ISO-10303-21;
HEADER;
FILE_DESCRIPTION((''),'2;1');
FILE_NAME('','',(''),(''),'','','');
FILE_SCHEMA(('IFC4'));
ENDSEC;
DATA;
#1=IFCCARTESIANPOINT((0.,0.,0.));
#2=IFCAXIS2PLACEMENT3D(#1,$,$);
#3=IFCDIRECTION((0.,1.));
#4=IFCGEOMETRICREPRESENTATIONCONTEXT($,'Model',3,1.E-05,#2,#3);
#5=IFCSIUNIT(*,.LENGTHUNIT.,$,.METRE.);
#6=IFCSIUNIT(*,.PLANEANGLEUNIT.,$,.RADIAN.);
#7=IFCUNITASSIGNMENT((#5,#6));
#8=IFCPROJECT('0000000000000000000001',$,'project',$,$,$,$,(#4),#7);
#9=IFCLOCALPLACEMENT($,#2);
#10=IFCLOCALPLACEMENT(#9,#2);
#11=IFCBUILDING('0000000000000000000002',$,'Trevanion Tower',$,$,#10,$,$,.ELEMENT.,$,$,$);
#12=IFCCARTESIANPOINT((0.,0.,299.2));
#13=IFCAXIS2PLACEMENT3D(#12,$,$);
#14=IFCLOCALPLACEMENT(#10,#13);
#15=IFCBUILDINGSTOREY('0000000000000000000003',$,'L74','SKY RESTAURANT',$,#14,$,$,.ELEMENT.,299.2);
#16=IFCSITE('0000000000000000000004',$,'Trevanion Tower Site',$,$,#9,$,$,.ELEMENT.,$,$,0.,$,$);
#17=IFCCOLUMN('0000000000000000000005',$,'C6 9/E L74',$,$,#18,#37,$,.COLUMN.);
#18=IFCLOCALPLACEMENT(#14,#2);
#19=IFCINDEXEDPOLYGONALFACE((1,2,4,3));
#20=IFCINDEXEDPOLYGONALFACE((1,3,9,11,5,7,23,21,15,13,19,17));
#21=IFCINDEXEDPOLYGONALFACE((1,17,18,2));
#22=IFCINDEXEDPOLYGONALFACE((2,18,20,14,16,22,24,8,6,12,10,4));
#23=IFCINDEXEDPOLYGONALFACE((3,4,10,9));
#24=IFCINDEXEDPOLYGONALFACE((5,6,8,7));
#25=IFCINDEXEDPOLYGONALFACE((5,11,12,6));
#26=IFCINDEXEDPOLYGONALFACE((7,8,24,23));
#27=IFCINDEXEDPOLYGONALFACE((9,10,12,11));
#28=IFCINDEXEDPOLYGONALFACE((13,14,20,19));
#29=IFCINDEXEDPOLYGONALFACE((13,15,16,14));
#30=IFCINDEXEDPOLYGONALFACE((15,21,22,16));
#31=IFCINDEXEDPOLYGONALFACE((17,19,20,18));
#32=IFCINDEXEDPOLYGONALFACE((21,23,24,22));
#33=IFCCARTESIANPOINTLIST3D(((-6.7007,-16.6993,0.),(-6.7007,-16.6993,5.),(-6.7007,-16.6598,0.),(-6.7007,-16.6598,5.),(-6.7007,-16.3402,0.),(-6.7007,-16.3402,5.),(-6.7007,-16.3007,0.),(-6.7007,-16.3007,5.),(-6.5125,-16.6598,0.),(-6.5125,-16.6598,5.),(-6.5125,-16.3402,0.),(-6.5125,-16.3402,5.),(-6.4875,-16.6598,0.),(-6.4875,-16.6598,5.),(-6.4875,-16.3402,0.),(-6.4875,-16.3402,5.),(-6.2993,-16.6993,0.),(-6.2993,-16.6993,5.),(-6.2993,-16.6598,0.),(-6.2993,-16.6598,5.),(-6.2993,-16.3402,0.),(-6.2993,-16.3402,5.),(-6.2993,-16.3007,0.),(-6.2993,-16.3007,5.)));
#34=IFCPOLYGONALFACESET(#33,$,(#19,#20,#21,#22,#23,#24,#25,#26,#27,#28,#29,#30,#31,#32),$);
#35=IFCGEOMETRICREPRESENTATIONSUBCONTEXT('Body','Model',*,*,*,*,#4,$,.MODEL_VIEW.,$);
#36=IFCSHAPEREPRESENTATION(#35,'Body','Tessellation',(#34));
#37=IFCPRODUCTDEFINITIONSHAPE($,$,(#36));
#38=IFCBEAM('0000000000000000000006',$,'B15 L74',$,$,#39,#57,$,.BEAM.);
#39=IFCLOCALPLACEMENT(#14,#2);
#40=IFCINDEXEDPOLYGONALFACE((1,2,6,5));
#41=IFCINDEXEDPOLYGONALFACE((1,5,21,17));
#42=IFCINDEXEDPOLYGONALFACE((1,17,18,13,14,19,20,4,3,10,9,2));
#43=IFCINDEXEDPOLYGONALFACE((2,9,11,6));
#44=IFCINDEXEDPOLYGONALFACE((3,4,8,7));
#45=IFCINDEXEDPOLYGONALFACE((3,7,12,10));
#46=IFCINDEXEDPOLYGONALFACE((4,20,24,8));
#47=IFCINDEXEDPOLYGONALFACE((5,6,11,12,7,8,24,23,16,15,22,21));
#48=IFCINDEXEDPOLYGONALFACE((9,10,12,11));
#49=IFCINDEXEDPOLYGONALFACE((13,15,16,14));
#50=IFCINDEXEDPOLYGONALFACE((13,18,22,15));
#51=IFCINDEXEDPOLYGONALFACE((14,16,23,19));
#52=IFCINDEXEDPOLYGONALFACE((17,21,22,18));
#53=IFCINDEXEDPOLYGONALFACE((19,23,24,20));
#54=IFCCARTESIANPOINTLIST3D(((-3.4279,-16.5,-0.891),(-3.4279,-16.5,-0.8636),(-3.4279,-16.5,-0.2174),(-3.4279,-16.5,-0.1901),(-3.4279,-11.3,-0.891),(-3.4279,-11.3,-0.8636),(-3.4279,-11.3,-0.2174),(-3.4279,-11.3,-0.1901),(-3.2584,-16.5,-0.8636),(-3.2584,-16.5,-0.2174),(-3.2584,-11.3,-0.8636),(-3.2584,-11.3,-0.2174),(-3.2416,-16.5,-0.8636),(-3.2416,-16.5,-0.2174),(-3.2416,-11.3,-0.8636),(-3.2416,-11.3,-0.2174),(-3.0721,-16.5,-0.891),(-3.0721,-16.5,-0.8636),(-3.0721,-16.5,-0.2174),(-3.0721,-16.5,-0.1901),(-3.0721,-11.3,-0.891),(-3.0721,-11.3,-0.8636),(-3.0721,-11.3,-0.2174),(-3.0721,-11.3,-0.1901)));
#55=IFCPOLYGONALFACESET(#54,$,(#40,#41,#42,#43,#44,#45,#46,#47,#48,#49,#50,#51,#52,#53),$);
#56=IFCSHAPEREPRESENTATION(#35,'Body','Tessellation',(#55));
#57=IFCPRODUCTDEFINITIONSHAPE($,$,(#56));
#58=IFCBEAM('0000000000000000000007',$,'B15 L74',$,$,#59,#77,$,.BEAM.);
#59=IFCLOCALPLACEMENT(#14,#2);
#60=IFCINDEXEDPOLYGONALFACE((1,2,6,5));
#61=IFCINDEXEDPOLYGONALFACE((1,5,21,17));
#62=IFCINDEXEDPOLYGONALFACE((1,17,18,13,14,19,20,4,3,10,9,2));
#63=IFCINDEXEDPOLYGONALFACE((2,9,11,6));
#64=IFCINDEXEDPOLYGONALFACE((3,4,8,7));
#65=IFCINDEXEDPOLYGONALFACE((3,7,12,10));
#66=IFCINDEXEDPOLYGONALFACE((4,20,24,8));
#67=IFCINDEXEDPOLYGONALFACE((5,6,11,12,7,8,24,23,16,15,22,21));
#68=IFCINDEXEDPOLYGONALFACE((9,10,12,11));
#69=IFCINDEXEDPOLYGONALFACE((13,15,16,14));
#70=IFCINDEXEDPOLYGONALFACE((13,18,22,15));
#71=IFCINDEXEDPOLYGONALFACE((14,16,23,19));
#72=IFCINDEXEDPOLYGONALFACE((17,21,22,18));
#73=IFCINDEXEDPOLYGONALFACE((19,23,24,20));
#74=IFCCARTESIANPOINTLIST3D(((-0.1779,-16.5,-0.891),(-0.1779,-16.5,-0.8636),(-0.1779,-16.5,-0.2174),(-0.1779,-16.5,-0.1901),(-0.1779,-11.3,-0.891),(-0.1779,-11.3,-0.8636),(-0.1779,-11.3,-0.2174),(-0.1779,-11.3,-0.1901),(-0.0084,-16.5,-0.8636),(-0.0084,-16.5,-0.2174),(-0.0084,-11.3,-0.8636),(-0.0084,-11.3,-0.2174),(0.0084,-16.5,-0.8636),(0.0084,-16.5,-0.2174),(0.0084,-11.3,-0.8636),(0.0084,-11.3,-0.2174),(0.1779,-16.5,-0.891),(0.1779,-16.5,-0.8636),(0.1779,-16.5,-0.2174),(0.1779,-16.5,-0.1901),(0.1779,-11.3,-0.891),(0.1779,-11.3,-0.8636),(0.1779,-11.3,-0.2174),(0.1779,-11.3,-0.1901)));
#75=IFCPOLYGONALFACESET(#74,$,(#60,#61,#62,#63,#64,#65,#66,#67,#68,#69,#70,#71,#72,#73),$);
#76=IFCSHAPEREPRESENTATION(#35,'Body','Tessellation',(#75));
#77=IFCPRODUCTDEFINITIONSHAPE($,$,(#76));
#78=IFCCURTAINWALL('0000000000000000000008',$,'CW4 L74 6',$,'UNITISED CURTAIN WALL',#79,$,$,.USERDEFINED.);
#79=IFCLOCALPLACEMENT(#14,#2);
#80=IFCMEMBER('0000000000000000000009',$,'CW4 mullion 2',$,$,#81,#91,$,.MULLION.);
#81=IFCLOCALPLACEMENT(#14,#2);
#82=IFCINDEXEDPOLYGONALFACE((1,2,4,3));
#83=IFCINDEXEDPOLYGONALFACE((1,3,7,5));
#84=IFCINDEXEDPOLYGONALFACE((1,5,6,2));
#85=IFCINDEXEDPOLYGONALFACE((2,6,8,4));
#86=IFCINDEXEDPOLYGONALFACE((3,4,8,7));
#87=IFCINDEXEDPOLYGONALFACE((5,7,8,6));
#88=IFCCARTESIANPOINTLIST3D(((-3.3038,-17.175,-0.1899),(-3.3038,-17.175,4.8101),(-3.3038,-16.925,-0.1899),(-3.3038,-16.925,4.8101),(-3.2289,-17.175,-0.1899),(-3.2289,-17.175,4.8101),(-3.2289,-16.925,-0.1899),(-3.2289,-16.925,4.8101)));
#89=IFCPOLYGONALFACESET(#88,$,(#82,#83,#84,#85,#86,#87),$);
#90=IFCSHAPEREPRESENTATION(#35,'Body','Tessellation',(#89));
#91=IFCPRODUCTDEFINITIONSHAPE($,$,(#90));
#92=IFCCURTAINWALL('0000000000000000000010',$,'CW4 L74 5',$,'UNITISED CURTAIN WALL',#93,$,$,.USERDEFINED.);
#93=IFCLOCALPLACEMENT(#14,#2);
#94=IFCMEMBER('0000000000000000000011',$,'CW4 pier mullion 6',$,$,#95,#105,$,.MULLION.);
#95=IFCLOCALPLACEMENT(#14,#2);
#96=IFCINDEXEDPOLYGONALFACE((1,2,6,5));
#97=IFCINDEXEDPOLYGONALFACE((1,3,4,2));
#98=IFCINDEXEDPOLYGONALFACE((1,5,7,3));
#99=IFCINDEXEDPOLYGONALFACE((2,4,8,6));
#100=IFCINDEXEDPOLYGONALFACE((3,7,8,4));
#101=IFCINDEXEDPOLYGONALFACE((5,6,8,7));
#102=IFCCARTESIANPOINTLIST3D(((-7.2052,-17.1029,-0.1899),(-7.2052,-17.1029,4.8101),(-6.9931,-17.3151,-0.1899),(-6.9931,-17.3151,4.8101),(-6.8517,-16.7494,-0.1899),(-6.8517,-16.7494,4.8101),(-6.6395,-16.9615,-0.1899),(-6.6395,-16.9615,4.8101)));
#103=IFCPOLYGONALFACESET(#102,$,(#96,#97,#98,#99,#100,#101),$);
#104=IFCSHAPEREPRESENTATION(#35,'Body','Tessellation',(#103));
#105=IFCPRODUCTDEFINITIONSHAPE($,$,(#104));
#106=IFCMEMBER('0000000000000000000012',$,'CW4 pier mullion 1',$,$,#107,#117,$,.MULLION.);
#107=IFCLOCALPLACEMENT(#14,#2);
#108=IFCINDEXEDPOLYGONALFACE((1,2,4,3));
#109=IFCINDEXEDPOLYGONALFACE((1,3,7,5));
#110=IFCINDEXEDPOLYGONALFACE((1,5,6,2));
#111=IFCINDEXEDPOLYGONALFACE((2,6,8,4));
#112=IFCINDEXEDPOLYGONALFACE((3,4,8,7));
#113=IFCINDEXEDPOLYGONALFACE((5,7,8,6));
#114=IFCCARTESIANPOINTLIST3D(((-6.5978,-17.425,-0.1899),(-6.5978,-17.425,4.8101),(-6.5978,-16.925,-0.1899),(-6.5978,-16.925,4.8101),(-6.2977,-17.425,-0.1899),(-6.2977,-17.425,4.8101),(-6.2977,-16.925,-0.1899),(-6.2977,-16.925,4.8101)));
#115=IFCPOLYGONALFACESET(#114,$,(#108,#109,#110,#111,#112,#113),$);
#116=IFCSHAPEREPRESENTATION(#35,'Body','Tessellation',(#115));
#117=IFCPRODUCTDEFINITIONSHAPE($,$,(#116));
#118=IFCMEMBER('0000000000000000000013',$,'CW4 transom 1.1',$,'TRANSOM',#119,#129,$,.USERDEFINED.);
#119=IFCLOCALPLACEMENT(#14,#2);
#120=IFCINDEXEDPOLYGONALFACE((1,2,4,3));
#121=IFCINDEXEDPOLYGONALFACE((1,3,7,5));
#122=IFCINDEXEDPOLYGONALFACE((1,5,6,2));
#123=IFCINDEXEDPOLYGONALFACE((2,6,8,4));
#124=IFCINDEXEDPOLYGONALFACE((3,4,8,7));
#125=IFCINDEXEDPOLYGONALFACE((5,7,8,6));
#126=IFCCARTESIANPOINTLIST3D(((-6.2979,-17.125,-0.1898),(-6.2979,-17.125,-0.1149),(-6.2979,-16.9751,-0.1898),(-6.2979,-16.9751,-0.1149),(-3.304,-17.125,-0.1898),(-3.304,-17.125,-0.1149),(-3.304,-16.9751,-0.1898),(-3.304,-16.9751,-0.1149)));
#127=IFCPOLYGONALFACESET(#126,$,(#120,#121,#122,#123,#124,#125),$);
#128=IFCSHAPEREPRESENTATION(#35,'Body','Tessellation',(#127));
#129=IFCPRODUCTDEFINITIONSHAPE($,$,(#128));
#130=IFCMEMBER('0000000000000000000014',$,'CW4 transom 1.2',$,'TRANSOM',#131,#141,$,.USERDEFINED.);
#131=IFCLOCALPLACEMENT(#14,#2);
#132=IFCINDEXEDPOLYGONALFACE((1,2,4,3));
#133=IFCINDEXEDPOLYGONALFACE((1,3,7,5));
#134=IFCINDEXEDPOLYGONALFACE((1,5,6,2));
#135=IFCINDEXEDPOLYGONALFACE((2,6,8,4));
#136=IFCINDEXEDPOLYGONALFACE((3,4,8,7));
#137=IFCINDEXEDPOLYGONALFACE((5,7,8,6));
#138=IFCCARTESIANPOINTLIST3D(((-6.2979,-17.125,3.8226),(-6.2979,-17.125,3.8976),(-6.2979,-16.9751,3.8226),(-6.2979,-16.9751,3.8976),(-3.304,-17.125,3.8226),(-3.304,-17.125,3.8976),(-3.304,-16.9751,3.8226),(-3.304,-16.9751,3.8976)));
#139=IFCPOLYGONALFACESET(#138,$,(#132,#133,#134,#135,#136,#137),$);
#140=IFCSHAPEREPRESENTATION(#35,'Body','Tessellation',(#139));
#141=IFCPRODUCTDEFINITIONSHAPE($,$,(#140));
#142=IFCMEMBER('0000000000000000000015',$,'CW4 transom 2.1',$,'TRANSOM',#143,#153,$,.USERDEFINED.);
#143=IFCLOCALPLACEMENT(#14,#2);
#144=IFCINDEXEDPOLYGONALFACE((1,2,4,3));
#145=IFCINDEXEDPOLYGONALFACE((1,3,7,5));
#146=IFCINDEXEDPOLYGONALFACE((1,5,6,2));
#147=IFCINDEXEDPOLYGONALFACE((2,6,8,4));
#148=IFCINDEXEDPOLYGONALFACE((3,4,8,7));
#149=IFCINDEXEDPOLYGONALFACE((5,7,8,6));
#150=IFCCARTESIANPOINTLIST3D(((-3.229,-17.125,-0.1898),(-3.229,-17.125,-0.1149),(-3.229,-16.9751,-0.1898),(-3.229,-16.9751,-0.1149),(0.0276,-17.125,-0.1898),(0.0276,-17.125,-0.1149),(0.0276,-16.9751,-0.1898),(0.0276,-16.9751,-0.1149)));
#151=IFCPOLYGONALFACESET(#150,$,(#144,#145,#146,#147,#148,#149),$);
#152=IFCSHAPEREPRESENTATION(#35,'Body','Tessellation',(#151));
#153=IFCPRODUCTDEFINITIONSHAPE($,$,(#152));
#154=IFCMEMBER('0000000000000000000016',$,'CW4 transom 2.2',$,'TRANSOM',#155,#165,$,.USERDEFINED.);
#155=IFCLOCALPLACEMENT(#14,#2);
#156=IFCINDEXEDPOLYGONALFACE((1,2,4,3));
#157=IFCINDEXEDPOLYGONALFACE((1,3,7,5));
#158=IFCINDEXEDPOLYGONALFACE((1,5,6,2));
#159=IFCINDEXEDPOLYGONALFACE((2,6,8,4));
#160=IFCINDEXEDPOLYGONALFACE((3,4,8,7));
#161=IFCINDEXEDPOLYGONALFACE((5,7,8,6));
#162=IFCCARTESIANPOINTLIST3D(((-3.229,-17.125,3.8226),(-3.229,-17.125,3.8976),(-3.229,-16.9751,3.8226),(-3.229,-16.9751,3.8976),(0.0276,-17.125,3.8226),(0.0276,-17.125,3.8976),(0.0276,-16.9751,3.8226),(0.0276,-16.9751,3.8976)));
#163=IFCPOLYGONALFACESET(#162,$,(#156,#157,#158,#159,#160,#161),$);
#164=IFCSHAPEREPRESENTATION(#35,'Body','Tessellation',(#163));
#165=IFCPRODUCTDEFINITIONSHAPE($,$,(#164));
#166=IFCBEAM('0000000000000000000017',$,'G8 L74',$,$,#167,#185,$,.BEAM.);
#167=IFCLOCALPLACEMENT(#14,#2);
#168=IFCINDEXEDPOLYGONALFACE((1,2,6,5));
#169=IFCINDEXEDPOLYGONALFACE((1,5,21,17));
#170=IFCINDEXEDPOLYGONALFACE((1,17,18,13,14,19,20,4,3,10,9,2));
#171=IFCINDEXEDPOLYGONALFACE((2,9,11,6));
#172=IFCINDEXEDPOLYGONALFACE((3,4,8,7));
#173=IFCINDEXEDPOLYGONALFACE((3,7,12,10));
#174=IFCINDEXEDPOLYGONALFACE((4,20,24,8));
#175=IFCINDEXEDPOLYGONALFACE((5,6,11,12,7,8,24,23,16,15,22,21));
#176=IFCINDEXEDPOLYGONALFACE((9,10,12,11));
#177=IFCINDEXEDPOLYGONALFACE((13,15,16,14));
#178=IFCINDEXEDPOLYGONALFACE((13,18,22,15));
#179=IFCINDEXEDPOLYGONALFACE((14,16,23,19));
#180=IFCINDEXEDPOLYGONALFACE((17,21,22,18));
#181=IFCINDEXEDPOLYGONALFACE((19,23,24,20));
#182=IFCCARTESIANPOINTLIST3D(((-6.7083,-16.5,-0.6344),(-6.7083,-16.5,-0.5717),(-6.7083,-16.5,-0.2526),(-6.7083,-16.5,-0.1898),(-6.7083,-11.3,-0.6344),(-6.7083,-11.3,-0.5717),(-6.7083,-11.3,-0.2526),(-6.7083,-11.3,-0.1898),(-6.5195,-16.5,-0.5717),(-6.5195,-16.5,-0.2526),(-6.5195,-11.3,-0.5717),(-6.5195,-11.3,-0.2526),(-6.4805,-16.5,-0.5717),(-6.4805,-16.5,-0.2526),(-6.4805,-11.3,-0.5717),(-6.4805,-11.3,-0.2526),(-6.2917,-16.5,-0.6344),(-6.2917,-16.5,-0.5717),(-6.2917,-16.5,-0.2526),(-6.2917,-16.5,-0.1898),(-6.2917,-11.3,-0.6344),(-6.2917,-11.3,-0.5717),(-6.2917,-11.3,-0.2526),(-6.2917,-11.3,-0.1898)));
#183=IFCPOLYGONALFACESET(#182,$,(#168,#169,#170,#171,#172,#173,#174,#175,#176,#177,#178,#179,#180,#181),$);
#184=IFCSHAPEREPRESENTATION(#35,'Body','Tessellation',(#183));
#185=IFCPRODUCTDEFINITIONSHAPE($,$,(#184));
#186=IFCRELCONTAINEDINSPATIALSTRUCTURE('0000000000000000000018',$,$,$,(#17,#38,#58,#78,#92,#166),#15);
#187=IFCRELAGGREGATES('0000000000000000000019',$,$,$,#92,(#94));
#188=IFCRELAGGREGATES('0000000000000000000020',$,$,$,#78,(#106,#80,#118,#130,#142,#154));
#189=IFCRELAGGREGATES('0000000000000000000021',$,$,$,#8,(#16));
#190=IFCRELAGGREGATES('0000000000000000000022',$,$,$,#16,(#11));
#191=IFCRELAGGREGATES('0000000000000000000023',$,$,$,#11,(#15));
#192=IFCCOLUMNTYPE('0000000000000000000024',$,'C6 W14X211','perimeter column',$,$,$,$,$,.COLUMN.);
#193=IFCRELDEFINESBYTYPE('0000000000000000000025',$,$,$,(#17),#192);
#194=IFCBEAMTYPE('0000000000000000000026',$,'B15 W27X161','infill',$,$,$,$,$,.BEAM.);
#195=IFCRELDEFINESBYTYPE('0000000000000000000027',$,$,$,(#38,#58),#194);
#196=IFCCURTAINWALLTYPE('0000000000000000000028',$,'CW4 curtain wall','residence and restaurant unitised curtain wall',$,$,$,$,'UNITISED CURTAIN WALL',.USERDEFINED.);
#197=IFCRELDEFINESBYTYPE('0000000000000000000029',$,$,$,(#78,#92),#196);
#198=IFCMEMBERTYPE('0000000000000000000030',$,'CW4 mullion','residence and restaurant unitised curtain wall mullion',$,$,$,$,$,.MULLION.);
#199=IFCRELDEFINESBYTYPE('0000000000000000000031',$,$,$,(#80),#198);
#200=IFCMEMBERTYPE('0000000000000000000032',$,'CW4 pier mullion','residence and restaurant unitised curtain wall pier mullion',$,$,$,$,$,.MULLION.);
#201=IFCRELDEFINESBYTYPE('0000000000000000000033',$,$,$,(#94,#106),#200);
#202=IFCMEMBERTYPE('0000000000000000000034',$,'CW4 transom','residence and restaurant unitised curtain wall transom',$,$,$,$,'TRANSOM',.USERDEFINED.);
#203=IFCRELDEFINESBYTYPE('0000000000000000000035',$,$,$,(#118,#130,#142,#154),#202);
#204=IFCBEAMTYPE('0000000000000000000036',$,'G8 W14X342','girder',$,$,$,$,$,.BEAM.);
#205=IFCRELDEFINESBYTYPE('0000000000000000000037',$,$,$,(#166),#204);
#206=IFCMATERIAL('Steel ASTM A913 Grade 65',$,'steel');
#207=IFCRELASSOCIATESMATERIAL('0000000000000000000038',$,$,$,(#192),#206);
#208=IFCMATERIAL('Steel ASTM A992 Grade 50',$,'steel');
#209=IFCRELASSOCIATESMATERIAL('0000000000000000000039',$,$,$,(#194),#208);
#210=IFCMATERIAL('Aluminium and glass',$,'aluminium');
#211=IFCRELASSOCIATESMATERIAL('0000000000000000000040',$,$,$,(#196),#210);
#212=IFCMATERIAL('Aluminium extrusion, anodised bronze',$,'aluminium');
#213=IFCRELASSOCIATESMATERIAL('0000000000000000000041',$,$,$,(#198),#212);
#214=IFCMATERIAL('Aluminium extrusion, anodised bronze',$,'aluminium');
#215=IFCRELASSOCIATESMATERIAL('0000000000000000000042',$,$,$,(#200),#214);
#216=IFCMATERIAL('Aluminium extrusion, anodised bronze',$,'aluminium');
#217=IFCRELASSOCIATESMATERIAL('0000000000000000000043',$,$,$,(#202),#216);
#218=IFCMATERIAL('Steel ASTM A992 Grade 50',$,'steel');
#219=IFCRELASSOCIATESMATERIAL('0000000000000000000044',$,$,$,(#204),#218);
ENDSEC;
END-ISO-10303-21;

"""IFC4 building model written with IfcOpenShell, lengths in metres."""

from ifc_helpers import new_model, si_unit, direction, frame, origin, origin_2d, place, context, subcontext, project, spatial, rectangle, i_section, extrude, material, material_profile, profile_set, type_object, element, aggregate, save


model = new_model("IFC4")

# Units and contexts
model_context = context("Model", 3, precision=1e-05, world=origin(), true_north=direction((0.0, 1.0)))
body_context = subcontext(model_context, "Body", "Model", "MODEL_VIEW")
ifc_project = project(units=[si_unit("LENGTHUNIT", "METRE"), si_unit("PLANEANGLEUNIT", "RADIAN")], contexts=[model_context])

# Site, building, storey
site_placement = place(None, origin())
site = spatial("IfcSite", under=ifc_project, at=site_placement, Name="Trevanion Tower Site", CompositionType="ELEMENT", RefElevation=0.0)
building_placement = place(site_placement, origin())
building = spatial("IfcBuilding", under=site, at=building_placement, Name="Trevanion Tower", CompositionType="ELEMENT")
storey_placement = place(building_placement, frame((0.0, 0.0, 299.2)))
storey = spatial("IfcBuildingStorey", under=building, at=storey_placement, Name="L74", Description="SKY RESTAURANT", CompositionType="ELEMENT", Elevation=299.2)

# Column
ifc_material_1 = material(Name="Steel ASTM A913 Grade 65", Category="steel")
ifc_material_profile_1 = material_profile(ifc_material_1, i_section(OverallWidth=0.4014, OverallDepth=0.3987, WebThickness=0.0249, FlangeThickness=0.0396, at=origin_2d()), Name="W14X211")
ifc_profile_set_1 = profile_set([ifc_material_profile_1], Name="Steel ASTM A913 Grade 65")
column_type = type_object("IfcColumnType", Name="C6 W14X211", Description="perimeter column", PredefinedType="COLUMN", material=ifc_profile_set_1)
column_placement = place(storey_placement, frame((-6.5, -16.5, 0.0), z_axis=(0.0, 0.0, 1.0), x_axis=(1.0, 0.0, 0.0)))
element("IfcColumn", 1, at=column_placement, inside=storey, type_object=column_type, Name="C6 9/E L74", PredefinedType="COLUMN", context=body_context, shape_type="SweptSolid", body=[
    extrude(i_section(OverallWidth=0.4014, OverallDepth=0.3987, WebThickness=0.0249, FlangeThickness=0.0396, at=origin_2d()), origin(), (0.0, 0.0, 1.0), 5.0),
])

# Beams
ifc_material_2 = material(Name="Steel ASTM A992 Grade 50", Category="steel")
ifc_material_profile_2 = material_profile(ifc_material_2, i_section(OverallWidth=0.3557, OverallDepth=0.7009, WebThickness=0.0168, FlangeThickness=0.0273, at=origin_2d()), Name="W27X161")
ifc_profile_set_2 = profile_set([ifc_material_profile_2], Name="Steel ASTM A992 Grade 50")
beam_type_1 = type_object("IfcBeamType", Name="B15 W27X161", Description="infill", PredefinedType="BEAM", material=ifc_profile_set_2)
for number, where, z_axis, x_axis, name in (
    (2, (-3.25, -11.3, -0.5405), (0.0, -1.0, 0.0), (1.0, 0.0, 0.0), "B15 L74"),
    (3, (0.0, -11.3, -0.5405), (0.0, -1.0, 0.0), (1.0, 0.0, 0.0), "B15 L74"),
):
    element("IfcBeam", number, at=place(storey_placement, frame(where, z_axis=z_axis, x_axis=x_axis)), inside=storey, type_object=beam_type_1, Name=name, PredefinedType="BEAM", context=body_context, shape_type="SweptSolid", body=[
        extrude(i_section(OverallWidth=0.3557, OverallDepth=0.7009, WebThickness=0.0168, FlangeThickness=0.0273, at=origin_2d()), origin(), (0.0, 0.0, 1.0), 5.2),
    ])

# Curtain walls, members
ifc_material_3 = material(Name="Aluminium and glass", Category="aluminium")
curtain_wall_type = type_object("IfcCurtainWallType", Name="CW4 curtain wall", Description="residence and restaurant unitised curtain wall", ElementType="UNITISED CURTAIN WALL", PredefinedType="USERDEFINED", material=ifc_material_3)
curtain_wall_1_placement = place(storey_placement, origin())
curtain_wall_1 = element("IfcCurtainWall", 4, at=curtain_wall_1_placement, inside=storey, type_object=curtain_wall_type, Name="CW4 L74 6", ObjectType="UNITISED CURTAIN WALL", PredefinedType="USERDEFINED")
ifc_material_4 = material(Name="Aluminium extrusion, anodised bronze", Category="aluminium")
ifc_material_profile_3 = material_profile(ifc_material_4, rectangle(XDim=0.075, YDim=0.25, at=origin_2d()), Name="CW4 mullion")
ifc_profile_set_3 = profile_set([ifc_material_profile_3], Name="Aluminium extrusion, anodised bronze")
member_type_1 = type_object("IfcMemberType", Name="CW4 mullion", Description="residence and restaurant unitised curtain wall mullion", PredefinedType="MULLION", material=ifc_profile_set_3)
member_1_placement = place(storey_placement, frame((-3.2664, -17.05, -0.1899), z_axis=(0.0, 0.0, 1.0), x_axis=(1.0, 0.0, 0.0)))
member_1 = element("IfcMember", 5, at=member_1_placement, type_object=member_type_1, Name="CW4 mullion 2", PredefinedType="MULLION", context=body_context, shape_type="SweptSolid", body=[
    extrude(rectangle(XDim=0.075, YDim=0.25, at=origin_2d()), origin(), (0.0, 0.0, 1.0), 5.0),
])
curtain_wall_2_placement = place(storey_placement, origin())
curtain_wall_2 = element("IfcCurtainWall", 6, at=curtain_wall_2_placement, inside=storey, type_object=curtain_wall_type, Name="CW4 L74 5", ObjectType="UNITISED CURTAIN WALL", PredefinedType="USERDEFINED")
ifc_material_5 = material(Name="Aluminium extrusion, anodised bronze", Category="aluminium")
ifc_material_profile_4 = material_profile(ifc_material_5, rectangle(XDim=0.3, YDim=0.5, at=origin_2d()), Name="CW4 pier mullion")
ifc_profile_set_4 = profile_set([ifc_material_profile_4], Name="Aluminium extrusion, anodised bronze")
member_type_2 = type_object("IfcMemberType", Name="CW4 pier mullion", Description="residence and restaurant unitised curtain wall pier mullion", PredefinedType="MULLION", material=ifc_profile_set_4)
member_2_placement = place(storey_placement, frame((-6.9224, -17.0322, -0.1899), z_axis=(0.0, 0.0, 1.0), x_axis=(0.707107, -0.707107, 0.0)))
member_2 = element("IfcMember", 7, at=member_2_placement, type_object=member_type_2, Name="CW4 pier mullion 6", PredefinedType="MULLION", context=body_context, shape_type="SweptSolid", body=[
    extrude(rectangle(XDim=0.3, YDim=0.5, at=origin_2d()), origin(), (0.0, 0.0, 1.0), 5.0),
])

# Members
member_3_placement = place(storey_placement, frame((-6.4478, -17.175, -0.1899), z_axis=(0.0, 0.0, 1.0), x_axis=(1.0, 0.0, 0.0)))
member_3 = element("IfcMember", 8, at=member_3_placement, type_object=member_type_2, Name="CW4 pier mullion 1", PredefinedType="MULLION", context=body_context, shape_type="SweptSolid", body=[
    extrude(rectangle(XDim=0.3, YDim=0.5, at=origin_2d()), origin(), (0.0, 0.0, 1.0), 5.0),
])
ifc_material_6 = material(Name="Aluminium extrusion, anodised bronze", Category="aluminium")
ifc_material_profile_5 = material_profile(ifc_material_6, rectangle(XDim=0.1499, YDim=0.075, at=origin_2d()), Name="CW4 transom")
ifc_profile_set_5 = profile_set([ifc_material_profile_5], Name="Aluminium extrusion, anodised bronze")
member_type_3 = type_object("IfcMemberType", Name="CW4 transom", Description="residence and restaurant unitised curtain wall transom", ElementType="TRANSOM", PredefinedType="USERDEFINED", material=ifc_profile_set_5)
member_4_placement = place(storey_placement, frame((-6.2979, -17.05, -0.1523), z_axis=(1.0, 0.0, 0.0), x_axis=(0.0, 1.0, 0.0)))
member_4 = element("IfcMember", 9, at=member_4_placement, type_object=member_type_3, Name="CW4 transom 1.1", ObjectType="TRANSOM", PredefinedType="USERDEFINED", context=body_context, shape_type="SweptSolid", body=[
    extrude(rectangle(XDim=0.1499, YDim=0.075, at=origin_2d()), origin(), (0.0, 0.0, 1.0), 2.9939),
])
member_5_placement = place(storey_placement, frame((-6.2979, -17.05, 3.8601), z_axis=(1.0, 0.0, 0.0), x_axis=(0.0, 1.0, 0.0)))
member_5 = element("IfcMember", 10, at=member_5_placement, type_object=member_type_3, Name="CW4 transom 1.2", ObjectType="TRANSOM", PredefinedType="USERDEFINED", context=body_context, shape_type="SweptSolid", body=[
    extrude(rectangle(XDim=0.1499, YDim=0.075, at=origin_2d()), origin(), (0.0, 0.0, 1.0), 2.9939),
])
member_6_placement = place(storey_placement, frame((-3.229, -17.05, -0.1523), z_axis=(1.0, 0.0, 0.0), x_axis=(0.0, 1.0, 0.0)))
member_6 = element("IfcMember", 11, at=member_6_placement, type_object=member_type_3, Name="CW4 transom 2.1", ObjectType="TRANSOM", PredefinedType="USERDEFINED", context=body_context, shape_type="SweptSolid", body=[
    extrude(rectangle(XDim=0.1499, YDim=0.075, at=origin_2d()), origin(), (0.0, 0.0, 1.0), 3.2566),
])
member_7_placement = place(storey_placement, frame((-3.229, -17.05, 3.8601), z_axis=(1.0, 0.0, 0.0), x_axis=(0.0, 1.0, 0.0)))
member_7 = element("IfcMember", 12, at=member_7_placement, type_object=member_type_3, Name="CW4 transom 2.2", ObjectType="TRANSOM", PredefinedType="USERDEFINED", context=body_context, shape_type="SweptSolid", body=[
    extrude(rectangle(XDim=0.1499, YDim=0.075, at=origin_2d()), origin(), (0.0, 0.0, 1.0), 3.2566),
])

# Beam
ifc_material_7 = material(Name="Steel ASTM A992 Grade 50", Category="steel")
ifc_material_profile_6 = material_profile(ifc_material_7, i_section(OverallWidth=0.4165, OverallDepth=0.4446, WebThickness=0.0391, FlangeThickness=0.0627, at=origin_2d()), Name="W14X342")
ifc_profile_set_6 = profile_set([ifc_material_profile_6], Name="Steel ASTM A992 Grade 50")
beam_type_2 = type_object("IfcBeamType", Name="G8 W14X342", Description="girder", PredefinedType="BEAM", material=ifc_profile_set_6)
beam_1_placement = place(storey_placement, frame((-6.5, -11.3, -0.4121), z_axis=(0.0, -1.0, 0.0), x_axis=(1.0, 0.0, 0.0)))
element("IfcBeam", 13, at=beam_1_placement, inside=storey, type_object=beam_type_2, Name="G8 L74", PredefinedType="BEAM", context=body_context, shape_type="SweptSolid", body=[
    extrude(i_section(OverallWidth=0.4165, OverallDepth=0.4446, WebThickness=0.0391, FlangeThickness=0.0627, at=origin_2d()), origin(), (0.0, 0.0, 1.0), 5.2),
])

aggregate(curtain_wall_2, [member_2])
aggregate(curtain_wall_1, [member_3, member_1, member_4, member_5, member_6, member_7])

save(model, "model.ifc")
